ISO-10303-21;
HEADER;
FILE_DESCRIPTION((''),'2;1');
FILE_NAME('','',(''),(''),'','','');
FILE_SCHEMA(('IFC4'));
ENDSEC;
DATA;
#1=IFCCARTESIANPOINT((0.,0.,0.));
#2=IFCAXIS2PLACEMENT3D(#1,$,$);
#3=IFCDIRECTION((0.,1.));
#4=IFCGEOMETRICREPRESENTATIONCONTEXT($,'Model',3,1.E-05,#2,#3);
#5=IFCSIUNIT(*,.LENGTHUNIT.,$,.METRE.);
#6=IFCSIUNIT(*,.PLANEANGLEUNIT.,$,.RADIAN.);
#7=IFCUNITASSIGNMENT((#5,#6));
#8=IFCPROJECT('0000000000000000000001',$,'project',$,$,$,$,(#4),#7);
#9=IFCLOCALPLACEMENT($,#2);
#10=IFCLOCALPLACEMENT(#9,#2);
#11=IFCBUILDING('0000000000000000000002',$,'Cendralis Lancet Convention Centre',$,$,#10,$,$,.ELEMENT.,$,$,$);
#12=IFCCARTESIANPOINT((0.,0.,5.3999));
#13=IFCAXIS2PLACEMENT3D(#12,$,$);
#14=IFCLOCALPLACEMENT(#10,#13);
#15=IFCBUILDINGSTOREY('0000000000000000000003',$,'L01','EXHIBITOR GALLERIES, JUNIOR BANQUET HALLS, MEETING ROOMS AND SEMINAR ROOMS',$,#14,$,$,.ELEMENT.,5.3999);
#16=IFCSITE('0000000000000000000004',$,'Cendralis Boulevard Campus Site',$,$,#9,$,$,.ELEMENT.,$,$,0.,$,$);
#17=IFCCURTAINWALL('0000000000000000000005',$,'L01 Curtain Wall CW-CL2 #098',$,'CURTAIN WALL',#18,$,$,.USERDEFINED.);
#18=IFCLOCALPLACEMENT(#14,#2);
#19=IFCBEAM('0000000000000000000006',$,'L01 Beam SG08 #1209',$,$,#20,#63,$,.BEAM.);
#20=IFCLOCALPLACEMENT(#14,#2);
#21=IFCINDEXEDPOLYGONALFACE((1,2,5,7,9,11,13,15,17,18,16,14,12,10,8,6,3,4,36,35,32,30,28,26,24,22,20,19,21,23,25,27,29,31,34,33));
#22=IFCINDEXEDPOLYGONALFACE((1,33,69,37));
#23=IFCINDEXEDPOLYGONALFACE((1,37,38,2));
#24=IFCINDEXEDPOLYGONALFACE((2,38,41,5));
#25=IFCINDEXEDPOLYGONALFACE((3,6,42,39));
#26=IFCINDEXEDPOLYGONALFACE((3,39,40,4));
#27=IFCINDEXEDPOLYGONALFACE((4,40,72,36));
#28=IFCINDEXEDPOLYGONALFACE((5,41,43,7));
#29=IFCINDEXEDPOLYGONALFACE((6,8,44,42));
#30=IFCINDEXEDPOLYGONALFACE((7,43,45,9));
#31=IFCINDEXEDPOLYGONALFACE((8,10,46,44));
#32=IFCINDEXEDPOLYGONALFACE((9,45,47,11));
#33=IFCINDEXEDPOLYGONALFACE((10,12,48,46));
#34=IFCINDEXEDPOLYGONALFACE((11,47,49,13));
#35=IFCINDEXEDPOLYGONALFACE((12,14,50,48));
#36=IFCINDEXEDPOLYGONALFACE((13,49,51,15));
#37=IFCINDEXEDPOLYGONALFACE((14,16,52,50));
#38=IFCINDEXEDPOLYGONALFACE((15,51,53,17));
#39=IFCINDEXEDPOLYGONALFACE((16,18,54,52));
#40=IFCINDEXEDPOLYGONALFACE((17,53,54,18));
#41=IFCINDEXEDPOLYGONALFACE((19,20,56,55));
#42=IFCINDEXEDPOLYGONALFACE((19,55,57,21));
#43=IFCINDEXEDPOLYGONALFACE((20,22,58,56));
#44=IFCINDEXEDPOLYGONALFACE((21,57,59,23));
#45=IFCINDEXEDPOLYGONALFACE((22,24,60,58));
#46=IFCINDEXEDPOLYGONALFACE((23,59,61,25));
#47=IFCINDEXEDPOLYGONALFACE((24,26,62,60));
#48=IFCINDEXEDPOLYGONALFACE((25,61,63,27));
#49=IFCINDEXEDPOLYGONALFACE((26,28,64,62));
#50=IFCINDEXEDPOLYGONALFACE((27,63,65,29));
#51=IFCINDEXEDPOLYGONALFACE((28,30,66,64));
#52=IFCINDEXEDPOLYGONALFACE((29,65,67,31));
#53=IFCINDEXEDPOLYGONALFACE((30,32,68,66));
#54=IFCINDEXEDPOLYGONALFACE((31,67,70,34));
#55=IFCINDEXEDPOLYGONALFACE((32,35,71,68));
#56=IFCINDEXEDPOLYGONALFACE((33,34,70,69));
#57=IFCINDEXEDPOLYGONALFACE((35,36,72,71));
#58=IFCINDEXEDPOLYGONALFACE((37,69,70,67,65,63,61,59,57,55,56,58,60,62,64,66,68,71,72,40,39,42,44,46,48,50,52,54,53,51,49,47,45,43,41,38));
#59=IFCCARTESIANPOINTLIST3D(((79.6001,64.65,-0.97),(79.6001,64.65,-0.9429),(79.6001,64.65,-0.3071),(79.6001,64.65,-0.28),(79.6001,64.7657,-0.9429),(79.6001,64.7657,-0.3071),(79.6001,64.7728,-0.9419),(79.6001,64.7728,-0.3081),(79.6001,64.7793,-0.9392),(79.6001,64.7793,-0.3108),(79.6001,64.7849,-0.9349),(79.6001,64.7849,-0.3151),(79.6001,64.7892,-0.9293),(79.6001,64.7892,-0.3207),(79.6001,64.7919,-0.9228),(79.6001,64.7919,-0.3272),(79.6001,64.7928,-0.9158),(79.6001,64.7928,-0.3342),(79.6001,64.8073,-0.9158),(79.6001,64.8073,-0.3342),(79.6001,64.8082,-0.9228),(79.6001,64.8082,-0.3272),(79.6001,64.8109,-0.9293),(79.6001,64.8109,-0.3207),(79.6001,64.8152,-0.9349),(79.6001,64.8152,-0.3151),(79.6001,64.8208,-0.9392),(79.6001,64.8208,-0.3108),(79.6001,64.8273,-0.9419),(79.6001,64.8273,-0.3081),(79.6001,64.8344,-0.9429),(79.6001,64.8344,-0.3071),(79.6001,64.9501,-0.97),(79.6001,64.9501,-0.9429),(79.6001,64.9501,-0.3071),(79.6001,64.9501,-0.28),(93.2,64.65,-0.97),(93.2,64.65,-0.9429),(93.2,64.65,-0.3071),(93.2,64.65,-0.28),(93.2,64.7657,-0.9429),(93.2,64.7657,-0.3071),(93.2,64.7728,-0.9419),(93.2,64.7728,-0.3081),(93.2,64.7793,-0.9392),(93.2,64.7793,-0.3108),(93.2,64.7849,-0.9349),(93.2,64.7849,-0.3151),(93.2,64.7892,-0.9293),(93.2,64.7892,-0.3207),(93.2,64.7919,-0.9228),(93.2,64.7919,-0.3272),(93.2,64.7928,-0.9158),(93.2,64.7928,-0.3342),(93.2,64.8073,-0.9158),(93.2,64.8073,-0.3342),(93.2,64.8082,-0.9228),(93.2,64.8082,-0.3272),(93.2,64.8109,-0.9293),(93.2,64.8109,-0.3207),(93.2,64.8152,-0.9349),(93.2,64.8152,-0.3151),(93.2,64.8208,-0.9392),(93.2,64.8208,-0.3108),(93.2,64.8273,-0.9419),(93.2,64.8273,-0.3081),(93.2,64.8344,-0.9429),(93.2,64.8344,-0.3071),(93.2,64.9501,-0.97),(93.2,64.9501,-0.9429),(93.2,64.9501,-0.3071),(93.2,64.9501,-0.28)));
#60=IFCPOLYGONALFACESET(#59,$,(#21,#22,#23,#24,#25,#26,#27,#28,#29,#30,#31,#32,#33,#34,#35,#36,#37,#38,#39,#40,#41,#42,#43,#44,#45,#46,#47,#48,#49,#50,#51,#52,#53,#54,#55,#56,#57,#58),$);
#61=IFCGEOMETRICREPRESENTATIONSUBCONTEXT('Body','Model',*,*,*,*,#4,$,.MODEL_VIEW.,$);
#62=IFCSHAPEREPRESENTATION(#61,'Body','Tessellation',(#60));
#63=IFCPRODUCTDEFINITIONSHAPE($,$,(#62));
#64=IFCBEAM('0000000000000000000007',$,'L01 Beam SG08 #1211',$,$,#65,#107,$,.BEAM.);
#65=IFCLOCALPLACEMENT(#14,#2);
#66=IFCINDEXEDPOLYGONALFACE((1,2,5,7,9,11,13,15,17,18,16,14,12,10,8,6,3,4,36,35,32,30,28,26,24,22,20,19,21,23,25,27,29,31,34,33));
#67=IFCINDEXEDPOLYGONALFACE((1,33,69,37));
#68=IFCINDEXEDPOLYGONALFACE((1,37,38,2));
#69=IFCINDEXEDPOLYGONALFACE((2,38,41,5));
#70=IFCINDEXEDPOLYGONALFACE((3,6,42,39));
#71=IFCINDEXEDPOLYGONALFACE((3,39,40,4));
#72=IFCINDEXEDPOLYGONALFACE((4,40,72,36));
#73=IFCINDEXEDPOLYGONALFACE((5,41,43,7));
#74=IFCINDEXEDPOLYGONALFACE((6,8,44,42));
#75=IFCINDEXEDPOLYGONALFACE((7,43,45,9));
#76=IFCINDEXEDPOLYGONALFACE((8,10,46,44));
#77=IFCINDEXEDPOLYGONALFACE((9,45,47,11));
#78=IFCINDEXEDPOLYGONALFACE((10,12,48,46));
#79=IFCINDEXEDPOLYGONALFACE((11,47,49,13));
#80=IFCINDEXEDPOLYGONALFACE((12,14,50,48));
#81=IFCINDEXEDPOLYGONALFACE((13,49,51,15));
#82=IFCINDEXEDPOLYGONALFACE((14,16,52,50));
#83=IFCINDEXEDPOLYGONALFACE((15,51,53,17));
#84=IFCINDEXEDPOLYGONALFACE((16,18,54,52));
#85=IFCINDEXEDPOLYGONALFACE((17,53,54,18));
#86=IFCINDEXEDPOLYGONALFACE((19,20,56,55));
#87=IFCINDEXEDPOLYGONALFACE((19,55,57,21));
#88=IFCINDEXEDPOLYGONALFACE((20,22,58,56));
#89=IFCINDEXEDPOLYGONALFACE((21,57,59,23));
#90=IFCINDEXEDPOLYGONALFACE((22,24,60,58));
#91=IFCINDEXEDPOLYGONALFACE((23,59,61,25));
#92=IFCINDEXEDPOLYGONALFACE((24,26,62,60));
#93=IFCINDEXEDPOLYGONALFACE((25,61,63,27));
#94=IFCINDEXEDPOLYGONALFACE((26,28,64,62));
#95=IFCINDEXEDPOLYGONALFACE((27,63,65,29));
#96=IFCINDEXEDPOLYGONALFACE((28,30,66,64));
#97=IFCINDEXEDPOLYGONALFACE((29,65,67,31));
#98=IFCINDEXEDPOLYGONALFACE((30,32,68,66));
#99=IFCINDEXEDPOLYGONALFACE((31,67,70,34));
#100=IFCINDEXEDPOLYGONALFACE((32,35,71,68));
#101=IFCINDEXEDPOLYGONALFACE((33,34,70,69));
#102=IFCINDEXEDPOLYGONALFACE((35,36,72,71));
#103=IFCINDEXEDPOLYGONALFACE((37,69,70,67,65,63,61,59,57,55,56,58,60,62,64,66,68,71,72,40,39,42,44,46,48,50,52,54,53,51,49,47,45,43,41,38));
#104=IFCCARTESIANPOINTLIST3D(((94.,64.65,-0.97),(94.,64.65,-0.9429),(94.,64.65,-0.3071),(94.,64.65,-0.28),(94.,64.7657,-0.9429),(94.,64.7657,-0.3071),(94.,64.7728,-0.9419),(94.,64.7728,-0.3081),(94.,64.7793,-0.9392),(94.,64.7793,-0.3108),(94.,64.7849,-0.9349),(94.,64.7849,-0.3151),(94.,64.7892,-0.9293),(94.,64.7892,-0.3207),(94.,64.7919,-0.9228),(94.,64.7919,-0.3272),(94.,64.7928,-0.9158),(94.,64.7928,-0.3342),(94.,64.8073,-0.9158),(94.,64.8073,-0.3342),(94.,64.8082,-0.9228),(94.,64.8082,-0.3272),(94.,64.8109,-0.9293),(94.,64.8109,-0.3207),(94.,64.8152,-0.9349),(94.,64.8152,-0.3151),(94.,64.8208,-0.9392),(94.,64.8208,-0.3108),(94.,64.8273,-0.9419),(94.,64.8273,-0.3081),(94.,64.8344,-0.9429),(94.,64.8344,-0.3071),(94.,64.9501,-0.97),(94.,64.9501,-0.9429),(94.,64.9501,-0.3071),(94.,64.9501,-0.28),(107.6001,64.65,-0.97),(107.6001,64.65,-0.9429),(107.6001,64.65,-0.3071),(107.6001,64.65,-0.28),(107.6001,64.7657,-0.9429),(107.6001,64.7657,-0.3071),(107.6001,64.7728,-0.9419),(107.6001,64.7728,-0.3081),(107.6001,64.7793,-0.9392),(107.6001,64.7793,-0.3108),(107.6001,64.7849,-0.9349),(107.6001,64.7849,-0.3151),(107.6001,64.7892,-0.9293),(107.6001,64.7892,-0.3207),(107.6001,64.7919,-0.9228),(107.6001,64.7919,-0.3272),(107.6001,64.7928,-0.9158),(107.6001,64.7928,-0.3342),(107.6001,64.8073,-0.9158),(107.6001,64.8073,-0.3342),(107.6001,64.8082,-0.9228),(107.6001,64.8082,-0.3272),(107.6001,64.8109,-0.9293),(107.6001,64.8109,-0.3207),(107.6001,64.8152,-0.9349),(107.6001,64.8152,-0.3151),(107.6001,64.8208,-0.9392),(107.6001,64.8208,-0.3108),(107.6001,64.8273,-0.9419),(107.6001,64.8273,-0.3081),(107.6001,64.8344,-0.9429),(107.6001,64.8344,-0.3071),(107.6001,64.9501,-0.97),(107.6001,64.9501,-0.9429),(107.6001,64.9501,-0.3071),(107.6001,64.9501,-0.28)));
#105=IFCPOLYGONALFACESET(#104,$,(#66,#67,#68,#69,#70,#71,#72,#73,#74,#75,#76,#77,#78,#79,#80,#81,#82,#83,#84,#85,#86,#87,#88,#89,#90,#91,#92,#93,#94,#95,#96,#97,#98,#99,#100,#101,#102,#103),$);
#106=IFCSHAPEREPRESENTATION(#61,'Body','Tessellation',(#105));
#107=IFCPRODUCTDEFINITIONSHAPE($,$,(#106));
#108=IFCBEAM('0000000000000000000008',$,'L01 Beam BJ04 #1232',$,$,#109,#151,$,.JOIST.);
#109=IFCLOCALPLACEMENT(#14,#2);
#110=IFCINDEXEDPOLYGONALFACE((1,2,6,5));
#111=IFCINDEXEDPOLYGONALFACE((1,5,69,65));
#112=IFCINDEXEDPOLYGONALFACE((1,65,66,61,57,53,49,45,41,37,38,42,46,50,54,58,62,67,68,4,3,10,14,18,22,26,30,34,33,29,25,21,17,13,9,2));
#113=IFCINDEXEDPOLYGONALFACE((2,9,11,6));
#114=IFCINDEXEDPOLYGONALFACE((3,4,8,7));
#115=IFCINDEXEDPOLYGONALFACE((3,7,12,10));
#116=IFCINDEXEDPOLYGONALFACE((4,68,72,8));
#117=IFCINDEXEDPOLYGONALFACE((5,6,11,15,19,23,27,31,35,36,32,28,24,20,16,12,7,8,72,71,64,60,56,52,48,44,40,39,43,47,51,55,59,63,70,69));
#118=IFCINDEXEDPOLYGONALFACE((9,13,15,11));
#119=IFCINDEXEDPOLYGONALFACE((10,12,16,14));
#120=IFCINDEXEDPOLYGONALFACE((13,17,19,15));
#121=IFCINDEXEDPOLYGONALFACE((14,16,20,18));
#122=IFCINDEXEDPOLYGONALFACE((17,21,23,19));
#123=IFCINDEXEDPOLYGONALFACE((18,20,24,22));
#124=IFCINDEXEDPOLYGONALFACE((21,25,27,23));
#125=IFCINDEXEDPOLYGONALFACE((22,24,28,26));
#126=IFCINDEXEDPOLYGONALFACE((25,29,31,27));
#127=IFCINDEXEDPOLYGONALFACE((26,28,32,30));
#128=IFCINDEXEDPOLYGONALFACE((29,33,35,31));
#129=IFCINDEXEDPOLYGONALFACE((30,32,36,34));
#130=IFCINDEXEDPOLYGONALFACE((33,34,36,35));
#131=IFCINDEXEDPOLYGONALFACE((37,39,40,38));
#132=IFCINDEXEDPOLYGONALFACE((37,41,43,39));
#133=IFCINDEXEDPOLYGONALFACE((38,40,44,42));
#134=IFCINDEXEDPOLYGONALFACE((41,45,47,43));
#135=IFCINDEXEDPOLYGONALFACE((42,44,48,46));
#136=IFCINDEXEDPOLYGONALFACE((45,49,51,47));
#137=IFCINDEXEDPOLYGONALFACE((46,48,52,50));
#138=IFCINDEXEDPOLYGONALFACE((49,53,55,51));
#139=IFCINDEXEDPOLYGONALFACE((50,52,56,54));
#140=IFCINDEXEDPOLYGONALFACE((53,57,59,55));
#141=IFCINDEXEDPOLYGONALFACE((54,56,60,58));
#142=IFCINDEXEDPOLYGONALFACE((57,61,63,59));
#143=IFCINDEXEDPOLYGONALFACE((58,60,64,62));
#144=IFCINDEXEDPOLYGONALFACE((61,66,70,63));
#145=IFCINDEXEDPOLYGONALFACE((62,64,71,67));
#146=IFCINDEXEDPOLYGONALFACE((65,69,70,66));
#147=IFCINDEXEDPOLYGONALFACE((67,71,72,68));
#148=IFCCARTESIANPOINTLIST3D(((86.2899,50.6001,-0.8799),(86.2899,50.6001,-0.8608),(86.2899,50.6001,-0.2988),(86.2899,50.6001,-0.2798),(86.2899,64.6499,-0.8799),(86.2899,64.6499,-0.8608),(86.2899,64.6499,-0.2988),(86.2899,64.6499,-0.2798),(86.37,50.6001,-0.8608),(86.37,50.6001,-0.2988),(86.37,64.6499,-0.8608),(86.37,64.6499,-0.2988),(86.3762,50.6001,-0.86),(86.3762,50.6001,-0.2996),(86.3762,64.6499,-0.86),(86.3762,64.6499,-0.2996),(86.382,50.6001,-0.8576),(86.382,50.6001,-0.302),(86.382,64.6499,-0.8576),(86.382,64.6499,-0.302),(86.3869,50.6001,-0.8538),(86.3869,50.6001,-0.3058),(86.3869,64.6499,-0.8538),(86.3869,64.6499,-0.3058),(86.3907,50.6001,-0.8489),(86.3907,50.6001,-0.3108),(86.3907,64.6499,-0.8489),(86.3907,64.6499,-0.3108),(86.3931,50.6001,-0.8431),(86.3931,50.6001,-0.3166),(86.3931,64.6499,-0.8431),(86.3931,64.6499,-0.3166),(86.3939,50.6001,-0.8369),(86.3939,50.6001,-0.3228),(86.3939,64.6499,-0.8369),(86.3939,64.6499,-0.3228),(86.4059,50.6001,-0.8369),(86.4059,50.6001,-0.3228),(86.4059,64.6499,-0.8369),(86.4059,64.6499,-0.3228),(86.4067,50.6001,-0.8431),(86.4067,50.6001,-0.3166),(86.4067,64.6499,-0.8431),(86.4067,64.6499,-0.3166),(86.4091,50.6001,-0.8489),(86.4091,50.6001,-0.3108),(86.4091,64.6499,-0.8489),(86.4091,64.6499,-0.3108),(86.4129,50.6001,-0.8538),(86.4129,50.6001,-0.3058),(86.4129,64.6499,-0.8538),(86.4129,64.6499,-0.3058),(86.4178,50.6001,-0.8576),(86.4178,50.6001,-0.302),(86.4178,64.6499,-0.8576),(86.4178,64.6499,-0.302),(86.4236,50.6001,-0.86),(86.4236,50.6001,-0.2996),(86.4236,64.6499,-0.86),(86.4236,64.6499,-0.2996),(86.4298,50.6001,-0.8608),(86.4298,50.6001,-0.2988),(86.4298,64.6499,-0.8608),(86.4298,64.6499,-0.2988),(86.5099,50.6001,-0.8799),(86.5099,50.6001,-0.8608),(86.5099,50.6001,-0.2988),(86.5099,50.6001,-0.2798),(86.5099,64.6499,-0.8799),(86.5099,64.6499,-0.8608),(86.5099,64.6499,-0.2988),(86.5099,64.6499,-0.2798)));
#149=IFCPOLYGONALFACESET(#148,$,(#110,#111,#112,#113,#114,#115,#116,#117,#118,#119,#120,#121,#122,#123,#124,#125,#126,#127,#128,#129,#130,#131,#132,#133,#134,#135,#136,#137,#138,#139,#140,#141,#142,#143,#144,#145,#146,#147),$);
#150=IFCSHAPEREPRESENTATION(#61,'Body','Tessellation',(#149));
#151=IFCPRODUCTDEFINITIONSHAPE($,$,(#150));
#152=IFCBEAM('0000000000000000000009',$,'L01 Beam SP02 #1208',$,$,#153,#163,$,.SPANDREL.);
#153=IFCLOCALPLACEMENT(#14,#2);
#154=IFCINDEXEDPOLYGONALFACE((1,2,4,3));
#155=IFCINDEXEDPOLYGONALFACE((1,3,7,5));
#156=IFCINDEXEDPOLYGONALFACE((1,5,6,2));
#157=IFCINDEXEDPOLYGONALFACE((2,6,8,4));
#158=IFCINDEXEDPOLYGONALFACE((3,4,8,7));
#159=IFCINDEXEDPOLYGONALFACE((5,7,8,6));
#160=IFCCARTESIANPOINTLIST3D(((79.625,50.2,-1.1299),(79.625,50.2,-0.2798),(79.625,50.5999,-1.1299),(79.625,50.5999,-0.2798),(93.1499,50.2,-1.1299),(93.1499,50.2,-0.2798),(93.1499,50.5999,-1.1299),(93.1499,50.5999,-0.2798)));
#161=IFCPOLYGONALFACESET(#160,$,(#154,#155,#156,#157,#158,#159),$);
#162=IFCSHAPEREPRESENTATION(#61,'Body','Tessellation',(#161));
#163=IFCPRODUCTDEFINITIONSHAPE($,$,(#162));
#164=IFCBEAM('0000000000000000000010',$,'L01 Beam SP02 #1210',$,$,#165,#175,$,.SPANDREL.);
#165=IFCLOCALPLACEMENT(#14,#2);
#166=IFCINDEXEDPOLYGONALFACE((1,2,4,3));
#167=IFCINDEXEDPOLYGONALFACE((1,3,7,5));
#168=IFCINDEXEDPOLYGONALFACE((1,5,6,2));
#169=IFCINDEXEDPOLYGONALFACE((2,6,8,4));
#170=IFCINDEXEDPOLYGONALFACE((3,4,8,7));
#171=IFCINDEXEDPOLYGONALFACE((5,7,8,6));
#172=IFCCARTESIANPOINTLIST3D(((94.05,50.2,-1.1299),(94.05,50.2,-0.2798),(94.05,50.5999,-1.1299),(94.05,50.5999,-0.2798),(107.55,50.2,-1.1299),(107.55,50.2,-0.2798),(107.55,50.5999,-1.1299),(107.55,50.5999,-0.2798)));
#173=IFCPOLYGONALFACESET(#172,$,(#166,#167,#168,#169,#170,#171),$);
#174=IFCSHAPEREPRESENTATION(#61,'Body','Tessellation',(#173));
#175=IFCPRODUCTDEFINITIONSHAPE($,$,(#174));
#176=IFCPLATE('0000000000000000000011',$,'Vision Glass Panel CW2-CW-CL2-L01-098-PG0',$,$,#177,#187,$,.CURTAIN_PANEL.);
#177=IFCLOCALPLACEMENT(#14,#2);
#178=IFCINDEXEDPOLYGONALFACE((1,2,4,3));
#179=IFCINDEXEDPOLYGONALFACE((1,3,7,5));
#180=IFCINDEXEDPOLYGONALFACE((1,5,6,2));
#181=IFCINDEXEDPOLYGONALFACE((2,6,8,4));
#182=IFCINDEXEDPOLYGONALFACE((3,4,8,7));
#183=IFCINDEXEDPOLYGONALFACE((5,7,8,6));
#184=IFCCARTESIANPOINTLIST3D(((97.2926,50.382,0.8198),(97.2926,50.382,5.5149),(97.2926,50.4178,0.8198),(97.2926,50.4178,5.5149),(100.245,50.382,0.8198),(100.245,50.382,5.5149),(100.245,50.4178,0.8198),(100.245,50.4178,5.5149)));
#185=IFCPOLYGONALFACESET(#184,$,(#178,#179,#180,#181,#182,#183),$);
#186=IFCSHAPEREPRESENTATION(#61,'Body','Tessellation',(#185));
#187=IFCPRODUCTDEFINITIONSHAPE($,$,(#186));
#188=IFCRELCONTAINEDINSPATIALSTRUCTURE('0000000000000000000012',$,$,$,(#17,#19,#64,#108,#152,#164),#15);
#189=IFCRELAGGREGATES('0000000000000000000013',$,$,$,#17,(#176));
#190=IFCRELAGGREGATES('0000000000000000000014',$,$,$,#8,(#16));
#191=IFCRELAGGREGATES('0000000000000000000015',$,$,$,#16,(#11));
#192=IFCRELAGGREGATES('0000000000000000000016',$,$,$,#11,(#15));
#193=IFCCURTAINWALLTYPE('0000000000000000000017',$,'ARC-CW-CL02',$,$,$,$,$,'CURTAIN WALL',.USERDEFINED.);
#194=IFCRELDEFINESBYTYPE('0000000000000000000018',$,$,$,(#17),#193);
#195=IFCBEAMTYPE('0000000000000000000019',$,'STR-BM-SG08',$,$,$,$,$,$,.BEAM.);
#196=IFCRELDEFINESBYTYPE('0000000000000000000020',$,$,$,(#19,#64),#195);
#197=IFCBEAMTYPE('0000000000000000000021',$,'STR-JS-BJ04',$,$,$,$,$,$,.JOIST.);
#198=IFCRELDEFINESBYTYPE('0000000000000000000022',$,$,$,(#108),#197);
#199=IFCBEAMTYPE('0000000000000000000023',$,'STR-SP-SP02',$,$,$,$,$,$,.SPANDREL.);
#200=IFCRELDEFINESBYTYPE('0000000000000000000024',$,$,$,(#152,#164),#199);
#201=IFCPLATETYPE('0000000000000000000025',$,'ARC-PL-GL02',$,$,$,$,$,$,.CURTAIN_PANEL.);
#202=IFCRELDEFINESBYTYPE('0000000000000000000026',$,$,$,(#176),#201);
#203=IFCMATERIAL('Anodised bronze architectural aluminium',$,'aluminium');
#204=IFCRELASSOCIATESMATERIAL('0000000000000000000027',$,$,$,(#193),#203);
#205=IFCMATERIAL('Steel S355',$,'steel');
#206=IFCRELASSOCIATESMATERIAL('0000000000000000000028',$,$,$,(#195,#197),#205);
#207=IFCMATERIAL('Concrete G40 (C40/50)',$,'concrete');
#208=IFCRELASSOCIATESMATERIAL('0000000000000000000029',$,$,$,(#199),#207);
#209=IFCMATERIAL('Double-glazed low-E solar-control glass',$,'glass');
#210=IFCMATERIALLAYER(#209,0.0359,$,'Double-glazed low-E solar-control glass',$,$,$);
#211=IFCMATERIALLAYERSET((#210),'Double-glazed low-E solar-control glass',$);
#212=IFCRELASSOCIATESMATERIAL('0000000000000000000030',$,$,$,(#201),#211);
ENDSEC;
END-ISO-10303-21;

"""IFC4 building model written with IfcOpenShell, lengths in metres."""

from ifc_helpers import new_model, si_unit, direction, frame, origin, origin_2d, place, context, subcontext, project, spatial, rectangle, i_section, extrude, material, layer, layer_set, material_profile, profile_set, type_object, element, aggregate, save


model = new_model("IFC4")

# Units and contexts
model_context = context("Model", 3, precision=1e-05, world=origin(), true_north=direction((0.0, 1.0)))
body_context = subcontext(model_context, "Body", "Model", "MODEL_VIEW")
ifc_project = project(units=[si_unit("LENGTHUNIT", "METRE"), si_unit("PLANEANGLEUNIT", "RADIAN")], contexts=[model_context])

# Site, building, storey
site_placement = place(None, origin())
site = spatial("IfcSite", under=ifc_project, at=site_placement, Name="Cendralis Boulevard Campus Site", CompositionType="ELEMENT", RefElevation=0.0)
building_placement = place(site_placement, origin())
building = spatial("IfcBuilding", under=site, at=building_placement, Name="Cendralis Lancet Convention Centre", CompositionType="ELEMENT")
storey_placement = place(building_placement, frame((0.0, 0.0, 5.3999)))
storey = spatial("IfcBuildingStorey", under=building, at=storey_placement, Name="L01", Description="EXHIBITOR GALLERIES, JUNIOR BANQUET HALLS, MEETING ROOMS AND SEMINAR ROOMS", CompositionType="ELEMENT", Elevation=5.3999)

# Shared definitions
ifc_material_1 = material(Name="Concrete G40 (C40/50)", Category="concrete")

# Curtain wall
ifc_material_2 = material(Name="Anodised bronze architectural aluminium", Category="aluminium")
curtain_wall_type = type_object("IfcCurtainWallType", Name="ARC-CW-CL02", ElementType="CURTAIN WALL", PredefinedType="USERDEFINED", material=ifc_material_2)
curtain_wall_placement = place(storey_placement, origin())
curtain_wall = element("IfcCurtainWall", 1, at=curtain_wall_placement, inside=storey, type_object=curtain_wall_type, Name="L01 Curtain Wall CW-CL2 #098", ObjectType="CURTAIN WALL", PredefinedType="USERDEFINED")

# Beams
ifc_material_3 = material(Name="Steel S355", Category="steel")
ifc_material_profile_1 = material_profile(ifc_material_3, i_section(OverallWidth=0.3, OverallDepth=0.6899, WebThickness=0.0144, FlangeThickness=0.0271, FilletRadius=0.0271, at=origin_2d()), Name="HEA 700")
ifc_profile_set_1 = profile_set([ifc_material_profile_1], Name="Steel S355")
beam_type_1 = type_object("IfcBeamType", Name="STR-BM-SG08", PredefinedType="BEAM", material=ifc_profile_set_1)
beam_1_placement = place(storey_placement, frame((79.6001, 64.8, -0.625), z_axis=(1.0, 0.0, 0.0), x_axis=(0.0, 1.0, 0.0)))
element("IfcBeam", 2, at=beam_1_placement, inside=storey, type_object=beam_type_1, Name="L01 Beam SG08 #1209", PredefinedType="BEAM", context=body_context, shape_type="SweptSolid", body=[
    extrude(i_section(OverallWidth=0.3, OverallDepth=0.6899, WebThickness=0.0144, FlangeThickness=0.0271, FilletRadius=0.0271, at=origin_2d()), origin(), (0.0, 0.0, 1.0), 13.5999),
])
beam_2_placement = place(storey_placement, frame((94.0, 64.8, -0.625), z_axis=(1.0, 0.0, 0.0), x_axis=(0.0, 1.0, 0.0)))
element("IfcBeam", 3, at=beam_2_placement, inside=storey, type_object=beam_type_1, Name="L01 Beam SG08 #1211", PredefinedType="BEAM", context=body_context, shape_type="SweptSolid", body=[
    extrude(i_section(OverallWidth=0.3, OverallDepth=0.6899, WebThickness=0.0144, FlangeThickness=0.0271, FilletRadius=0.0271, at=origin_2d()), origin(), (0.0, 0.0, 1.0), 13.6001),
])
ifc_material_profile_2 = material_profile(ifc_material_3, i_section(OverallWidth=0.22, OverallDepth=0.6001, WebThickness=0.012, FlangeThickness=0.019, FilletRadius=0.0239, at=origin_2d()), Name="IPE 600")
ifc_profile_set_2 = profile_set([ifc_material_profile_2], Name="Steel S355")
beam_type_2 = type_object("IfcBeamType", Name="STR-JS-BJ04", PredefinedType="JOIST", material=ifc_profile_set_2)
beam_3_placement = place(storey_placement, frame((86.3999, 50.6001, -0.5798), z_axis=(0.0, 1.0, 0.0), x_axis=(-1.0, 0.0, 0.0)))
element("IfcBeam", 4, at=beam_3_placement, inside=storey, type_object=beam_type_2, Name="L01 Beam BJ04 #1232", PredefinedType="JOIST", context=body_context, shape_type="SweptSolid", body=[
    extrude(i_section(OverallWidth=0.22, OverallDepth=0.6001, WebThickness=0.012, FlangeThickness=0.019, FilletRadius=0.0239, at=origin_2d()), origin(), (0.0, 0.0, 1.0), 14.0498),
])
ifc_material_profile_3 = material_profile(ifc_material_1, rectangle(XDim=0.3999, YDim=0.8501, at=origin_2d()), Name="RCB 400x850")
ifc_profile_set_3 = profile_set([ifc_material_profile_3], Name="Concrete G40 (C40/50)")
beam_type_3 = type_object("IfcBeamType", Name="STR-SP-SP02", PredefinedType="SPANDREL", material=ifc_profile_set_3)
beam_4_placement = place(storey_placement, frame((79.625, 50.3999, -0.7048), z_axis=(1.0, 0.0, 0.0), x_axis=(0.0, 1.0, 0.0)))
element("IfcBeam", 5, at=beam_4_placement, inside=storey, type_object=beam_type_3, Name="L01 Beam SP02 #1208", PredefinedType="SPANDREL", context=body_context, shape_type="SweptSolid", body=[
    extrude(rectangle(XDim=0.3999, YDim=0.8501, at=origin_2d()), origin(), (0.0, 0.0, 1.0), 13.5249),
])
beam_5_placement = place(storey_placement, frame((94.05, 50.3999, -0.7048), z_axis=(1.0, 0.0, 0.0), x_axis=(0.0, 1.0, 0.0)))
element("IfcBeam", 6, at=beam_5_placement, inside=storey, type_object=beam_type_3, Name="L01 Beam SP02 #1210", PredefinedType="SPANDREL", context=body_context, shape_type="SweptSolid", body=[
    extrude(rectangle(XDim=0.3999, YDim=0.8501, at=origin_2d()), origin(), (0.0, 0.0, 1.0), 13.5),
])

# Plate
ifc_material_4 = material(Name="Double-glazed low-E solar-control glass", Category="glass")
ifc_layer_1 = layer(ifc_material_4, 0.0359, Name="Double-glazed low-E solar-control glass")
ifc_layer_set_1 = layer_set([ifc_layer_1], Name="Double-glazed low-E solar-control glass")
plate_type_1 = type_object("IfcPlateType", Name="ARC-PL-GL02", PredefinedType="CURTAIN_PANEL", material=ifc_layer_set_1)
plate_1_placement = place(storey_placement, frame((98.7688, 50.3999, 0.8198), z_axis=(0.0, 0.0, 1.0), x_axis=(-1.0, 0.0, 0.0)))
plate_1 = element("IfcPlate", 7, at=plate_1_placement, type_object=plate_type_1, Name="Vision Glass Panel CW2-CW-CL2-L01-098-PG0", PredefinedType="CURTAIN_PANEL", context=body_context, shape_type="SweptSolid", body=[
    extrude(rectangle(XDim=2.9524, YDim=0.0359, at=origin_2d()), origin(), (0.0, 0.0, 1.0), 4.6951),
])
aggregate(curtain_wall, [plate_1])

save(model, "model.ifc")
